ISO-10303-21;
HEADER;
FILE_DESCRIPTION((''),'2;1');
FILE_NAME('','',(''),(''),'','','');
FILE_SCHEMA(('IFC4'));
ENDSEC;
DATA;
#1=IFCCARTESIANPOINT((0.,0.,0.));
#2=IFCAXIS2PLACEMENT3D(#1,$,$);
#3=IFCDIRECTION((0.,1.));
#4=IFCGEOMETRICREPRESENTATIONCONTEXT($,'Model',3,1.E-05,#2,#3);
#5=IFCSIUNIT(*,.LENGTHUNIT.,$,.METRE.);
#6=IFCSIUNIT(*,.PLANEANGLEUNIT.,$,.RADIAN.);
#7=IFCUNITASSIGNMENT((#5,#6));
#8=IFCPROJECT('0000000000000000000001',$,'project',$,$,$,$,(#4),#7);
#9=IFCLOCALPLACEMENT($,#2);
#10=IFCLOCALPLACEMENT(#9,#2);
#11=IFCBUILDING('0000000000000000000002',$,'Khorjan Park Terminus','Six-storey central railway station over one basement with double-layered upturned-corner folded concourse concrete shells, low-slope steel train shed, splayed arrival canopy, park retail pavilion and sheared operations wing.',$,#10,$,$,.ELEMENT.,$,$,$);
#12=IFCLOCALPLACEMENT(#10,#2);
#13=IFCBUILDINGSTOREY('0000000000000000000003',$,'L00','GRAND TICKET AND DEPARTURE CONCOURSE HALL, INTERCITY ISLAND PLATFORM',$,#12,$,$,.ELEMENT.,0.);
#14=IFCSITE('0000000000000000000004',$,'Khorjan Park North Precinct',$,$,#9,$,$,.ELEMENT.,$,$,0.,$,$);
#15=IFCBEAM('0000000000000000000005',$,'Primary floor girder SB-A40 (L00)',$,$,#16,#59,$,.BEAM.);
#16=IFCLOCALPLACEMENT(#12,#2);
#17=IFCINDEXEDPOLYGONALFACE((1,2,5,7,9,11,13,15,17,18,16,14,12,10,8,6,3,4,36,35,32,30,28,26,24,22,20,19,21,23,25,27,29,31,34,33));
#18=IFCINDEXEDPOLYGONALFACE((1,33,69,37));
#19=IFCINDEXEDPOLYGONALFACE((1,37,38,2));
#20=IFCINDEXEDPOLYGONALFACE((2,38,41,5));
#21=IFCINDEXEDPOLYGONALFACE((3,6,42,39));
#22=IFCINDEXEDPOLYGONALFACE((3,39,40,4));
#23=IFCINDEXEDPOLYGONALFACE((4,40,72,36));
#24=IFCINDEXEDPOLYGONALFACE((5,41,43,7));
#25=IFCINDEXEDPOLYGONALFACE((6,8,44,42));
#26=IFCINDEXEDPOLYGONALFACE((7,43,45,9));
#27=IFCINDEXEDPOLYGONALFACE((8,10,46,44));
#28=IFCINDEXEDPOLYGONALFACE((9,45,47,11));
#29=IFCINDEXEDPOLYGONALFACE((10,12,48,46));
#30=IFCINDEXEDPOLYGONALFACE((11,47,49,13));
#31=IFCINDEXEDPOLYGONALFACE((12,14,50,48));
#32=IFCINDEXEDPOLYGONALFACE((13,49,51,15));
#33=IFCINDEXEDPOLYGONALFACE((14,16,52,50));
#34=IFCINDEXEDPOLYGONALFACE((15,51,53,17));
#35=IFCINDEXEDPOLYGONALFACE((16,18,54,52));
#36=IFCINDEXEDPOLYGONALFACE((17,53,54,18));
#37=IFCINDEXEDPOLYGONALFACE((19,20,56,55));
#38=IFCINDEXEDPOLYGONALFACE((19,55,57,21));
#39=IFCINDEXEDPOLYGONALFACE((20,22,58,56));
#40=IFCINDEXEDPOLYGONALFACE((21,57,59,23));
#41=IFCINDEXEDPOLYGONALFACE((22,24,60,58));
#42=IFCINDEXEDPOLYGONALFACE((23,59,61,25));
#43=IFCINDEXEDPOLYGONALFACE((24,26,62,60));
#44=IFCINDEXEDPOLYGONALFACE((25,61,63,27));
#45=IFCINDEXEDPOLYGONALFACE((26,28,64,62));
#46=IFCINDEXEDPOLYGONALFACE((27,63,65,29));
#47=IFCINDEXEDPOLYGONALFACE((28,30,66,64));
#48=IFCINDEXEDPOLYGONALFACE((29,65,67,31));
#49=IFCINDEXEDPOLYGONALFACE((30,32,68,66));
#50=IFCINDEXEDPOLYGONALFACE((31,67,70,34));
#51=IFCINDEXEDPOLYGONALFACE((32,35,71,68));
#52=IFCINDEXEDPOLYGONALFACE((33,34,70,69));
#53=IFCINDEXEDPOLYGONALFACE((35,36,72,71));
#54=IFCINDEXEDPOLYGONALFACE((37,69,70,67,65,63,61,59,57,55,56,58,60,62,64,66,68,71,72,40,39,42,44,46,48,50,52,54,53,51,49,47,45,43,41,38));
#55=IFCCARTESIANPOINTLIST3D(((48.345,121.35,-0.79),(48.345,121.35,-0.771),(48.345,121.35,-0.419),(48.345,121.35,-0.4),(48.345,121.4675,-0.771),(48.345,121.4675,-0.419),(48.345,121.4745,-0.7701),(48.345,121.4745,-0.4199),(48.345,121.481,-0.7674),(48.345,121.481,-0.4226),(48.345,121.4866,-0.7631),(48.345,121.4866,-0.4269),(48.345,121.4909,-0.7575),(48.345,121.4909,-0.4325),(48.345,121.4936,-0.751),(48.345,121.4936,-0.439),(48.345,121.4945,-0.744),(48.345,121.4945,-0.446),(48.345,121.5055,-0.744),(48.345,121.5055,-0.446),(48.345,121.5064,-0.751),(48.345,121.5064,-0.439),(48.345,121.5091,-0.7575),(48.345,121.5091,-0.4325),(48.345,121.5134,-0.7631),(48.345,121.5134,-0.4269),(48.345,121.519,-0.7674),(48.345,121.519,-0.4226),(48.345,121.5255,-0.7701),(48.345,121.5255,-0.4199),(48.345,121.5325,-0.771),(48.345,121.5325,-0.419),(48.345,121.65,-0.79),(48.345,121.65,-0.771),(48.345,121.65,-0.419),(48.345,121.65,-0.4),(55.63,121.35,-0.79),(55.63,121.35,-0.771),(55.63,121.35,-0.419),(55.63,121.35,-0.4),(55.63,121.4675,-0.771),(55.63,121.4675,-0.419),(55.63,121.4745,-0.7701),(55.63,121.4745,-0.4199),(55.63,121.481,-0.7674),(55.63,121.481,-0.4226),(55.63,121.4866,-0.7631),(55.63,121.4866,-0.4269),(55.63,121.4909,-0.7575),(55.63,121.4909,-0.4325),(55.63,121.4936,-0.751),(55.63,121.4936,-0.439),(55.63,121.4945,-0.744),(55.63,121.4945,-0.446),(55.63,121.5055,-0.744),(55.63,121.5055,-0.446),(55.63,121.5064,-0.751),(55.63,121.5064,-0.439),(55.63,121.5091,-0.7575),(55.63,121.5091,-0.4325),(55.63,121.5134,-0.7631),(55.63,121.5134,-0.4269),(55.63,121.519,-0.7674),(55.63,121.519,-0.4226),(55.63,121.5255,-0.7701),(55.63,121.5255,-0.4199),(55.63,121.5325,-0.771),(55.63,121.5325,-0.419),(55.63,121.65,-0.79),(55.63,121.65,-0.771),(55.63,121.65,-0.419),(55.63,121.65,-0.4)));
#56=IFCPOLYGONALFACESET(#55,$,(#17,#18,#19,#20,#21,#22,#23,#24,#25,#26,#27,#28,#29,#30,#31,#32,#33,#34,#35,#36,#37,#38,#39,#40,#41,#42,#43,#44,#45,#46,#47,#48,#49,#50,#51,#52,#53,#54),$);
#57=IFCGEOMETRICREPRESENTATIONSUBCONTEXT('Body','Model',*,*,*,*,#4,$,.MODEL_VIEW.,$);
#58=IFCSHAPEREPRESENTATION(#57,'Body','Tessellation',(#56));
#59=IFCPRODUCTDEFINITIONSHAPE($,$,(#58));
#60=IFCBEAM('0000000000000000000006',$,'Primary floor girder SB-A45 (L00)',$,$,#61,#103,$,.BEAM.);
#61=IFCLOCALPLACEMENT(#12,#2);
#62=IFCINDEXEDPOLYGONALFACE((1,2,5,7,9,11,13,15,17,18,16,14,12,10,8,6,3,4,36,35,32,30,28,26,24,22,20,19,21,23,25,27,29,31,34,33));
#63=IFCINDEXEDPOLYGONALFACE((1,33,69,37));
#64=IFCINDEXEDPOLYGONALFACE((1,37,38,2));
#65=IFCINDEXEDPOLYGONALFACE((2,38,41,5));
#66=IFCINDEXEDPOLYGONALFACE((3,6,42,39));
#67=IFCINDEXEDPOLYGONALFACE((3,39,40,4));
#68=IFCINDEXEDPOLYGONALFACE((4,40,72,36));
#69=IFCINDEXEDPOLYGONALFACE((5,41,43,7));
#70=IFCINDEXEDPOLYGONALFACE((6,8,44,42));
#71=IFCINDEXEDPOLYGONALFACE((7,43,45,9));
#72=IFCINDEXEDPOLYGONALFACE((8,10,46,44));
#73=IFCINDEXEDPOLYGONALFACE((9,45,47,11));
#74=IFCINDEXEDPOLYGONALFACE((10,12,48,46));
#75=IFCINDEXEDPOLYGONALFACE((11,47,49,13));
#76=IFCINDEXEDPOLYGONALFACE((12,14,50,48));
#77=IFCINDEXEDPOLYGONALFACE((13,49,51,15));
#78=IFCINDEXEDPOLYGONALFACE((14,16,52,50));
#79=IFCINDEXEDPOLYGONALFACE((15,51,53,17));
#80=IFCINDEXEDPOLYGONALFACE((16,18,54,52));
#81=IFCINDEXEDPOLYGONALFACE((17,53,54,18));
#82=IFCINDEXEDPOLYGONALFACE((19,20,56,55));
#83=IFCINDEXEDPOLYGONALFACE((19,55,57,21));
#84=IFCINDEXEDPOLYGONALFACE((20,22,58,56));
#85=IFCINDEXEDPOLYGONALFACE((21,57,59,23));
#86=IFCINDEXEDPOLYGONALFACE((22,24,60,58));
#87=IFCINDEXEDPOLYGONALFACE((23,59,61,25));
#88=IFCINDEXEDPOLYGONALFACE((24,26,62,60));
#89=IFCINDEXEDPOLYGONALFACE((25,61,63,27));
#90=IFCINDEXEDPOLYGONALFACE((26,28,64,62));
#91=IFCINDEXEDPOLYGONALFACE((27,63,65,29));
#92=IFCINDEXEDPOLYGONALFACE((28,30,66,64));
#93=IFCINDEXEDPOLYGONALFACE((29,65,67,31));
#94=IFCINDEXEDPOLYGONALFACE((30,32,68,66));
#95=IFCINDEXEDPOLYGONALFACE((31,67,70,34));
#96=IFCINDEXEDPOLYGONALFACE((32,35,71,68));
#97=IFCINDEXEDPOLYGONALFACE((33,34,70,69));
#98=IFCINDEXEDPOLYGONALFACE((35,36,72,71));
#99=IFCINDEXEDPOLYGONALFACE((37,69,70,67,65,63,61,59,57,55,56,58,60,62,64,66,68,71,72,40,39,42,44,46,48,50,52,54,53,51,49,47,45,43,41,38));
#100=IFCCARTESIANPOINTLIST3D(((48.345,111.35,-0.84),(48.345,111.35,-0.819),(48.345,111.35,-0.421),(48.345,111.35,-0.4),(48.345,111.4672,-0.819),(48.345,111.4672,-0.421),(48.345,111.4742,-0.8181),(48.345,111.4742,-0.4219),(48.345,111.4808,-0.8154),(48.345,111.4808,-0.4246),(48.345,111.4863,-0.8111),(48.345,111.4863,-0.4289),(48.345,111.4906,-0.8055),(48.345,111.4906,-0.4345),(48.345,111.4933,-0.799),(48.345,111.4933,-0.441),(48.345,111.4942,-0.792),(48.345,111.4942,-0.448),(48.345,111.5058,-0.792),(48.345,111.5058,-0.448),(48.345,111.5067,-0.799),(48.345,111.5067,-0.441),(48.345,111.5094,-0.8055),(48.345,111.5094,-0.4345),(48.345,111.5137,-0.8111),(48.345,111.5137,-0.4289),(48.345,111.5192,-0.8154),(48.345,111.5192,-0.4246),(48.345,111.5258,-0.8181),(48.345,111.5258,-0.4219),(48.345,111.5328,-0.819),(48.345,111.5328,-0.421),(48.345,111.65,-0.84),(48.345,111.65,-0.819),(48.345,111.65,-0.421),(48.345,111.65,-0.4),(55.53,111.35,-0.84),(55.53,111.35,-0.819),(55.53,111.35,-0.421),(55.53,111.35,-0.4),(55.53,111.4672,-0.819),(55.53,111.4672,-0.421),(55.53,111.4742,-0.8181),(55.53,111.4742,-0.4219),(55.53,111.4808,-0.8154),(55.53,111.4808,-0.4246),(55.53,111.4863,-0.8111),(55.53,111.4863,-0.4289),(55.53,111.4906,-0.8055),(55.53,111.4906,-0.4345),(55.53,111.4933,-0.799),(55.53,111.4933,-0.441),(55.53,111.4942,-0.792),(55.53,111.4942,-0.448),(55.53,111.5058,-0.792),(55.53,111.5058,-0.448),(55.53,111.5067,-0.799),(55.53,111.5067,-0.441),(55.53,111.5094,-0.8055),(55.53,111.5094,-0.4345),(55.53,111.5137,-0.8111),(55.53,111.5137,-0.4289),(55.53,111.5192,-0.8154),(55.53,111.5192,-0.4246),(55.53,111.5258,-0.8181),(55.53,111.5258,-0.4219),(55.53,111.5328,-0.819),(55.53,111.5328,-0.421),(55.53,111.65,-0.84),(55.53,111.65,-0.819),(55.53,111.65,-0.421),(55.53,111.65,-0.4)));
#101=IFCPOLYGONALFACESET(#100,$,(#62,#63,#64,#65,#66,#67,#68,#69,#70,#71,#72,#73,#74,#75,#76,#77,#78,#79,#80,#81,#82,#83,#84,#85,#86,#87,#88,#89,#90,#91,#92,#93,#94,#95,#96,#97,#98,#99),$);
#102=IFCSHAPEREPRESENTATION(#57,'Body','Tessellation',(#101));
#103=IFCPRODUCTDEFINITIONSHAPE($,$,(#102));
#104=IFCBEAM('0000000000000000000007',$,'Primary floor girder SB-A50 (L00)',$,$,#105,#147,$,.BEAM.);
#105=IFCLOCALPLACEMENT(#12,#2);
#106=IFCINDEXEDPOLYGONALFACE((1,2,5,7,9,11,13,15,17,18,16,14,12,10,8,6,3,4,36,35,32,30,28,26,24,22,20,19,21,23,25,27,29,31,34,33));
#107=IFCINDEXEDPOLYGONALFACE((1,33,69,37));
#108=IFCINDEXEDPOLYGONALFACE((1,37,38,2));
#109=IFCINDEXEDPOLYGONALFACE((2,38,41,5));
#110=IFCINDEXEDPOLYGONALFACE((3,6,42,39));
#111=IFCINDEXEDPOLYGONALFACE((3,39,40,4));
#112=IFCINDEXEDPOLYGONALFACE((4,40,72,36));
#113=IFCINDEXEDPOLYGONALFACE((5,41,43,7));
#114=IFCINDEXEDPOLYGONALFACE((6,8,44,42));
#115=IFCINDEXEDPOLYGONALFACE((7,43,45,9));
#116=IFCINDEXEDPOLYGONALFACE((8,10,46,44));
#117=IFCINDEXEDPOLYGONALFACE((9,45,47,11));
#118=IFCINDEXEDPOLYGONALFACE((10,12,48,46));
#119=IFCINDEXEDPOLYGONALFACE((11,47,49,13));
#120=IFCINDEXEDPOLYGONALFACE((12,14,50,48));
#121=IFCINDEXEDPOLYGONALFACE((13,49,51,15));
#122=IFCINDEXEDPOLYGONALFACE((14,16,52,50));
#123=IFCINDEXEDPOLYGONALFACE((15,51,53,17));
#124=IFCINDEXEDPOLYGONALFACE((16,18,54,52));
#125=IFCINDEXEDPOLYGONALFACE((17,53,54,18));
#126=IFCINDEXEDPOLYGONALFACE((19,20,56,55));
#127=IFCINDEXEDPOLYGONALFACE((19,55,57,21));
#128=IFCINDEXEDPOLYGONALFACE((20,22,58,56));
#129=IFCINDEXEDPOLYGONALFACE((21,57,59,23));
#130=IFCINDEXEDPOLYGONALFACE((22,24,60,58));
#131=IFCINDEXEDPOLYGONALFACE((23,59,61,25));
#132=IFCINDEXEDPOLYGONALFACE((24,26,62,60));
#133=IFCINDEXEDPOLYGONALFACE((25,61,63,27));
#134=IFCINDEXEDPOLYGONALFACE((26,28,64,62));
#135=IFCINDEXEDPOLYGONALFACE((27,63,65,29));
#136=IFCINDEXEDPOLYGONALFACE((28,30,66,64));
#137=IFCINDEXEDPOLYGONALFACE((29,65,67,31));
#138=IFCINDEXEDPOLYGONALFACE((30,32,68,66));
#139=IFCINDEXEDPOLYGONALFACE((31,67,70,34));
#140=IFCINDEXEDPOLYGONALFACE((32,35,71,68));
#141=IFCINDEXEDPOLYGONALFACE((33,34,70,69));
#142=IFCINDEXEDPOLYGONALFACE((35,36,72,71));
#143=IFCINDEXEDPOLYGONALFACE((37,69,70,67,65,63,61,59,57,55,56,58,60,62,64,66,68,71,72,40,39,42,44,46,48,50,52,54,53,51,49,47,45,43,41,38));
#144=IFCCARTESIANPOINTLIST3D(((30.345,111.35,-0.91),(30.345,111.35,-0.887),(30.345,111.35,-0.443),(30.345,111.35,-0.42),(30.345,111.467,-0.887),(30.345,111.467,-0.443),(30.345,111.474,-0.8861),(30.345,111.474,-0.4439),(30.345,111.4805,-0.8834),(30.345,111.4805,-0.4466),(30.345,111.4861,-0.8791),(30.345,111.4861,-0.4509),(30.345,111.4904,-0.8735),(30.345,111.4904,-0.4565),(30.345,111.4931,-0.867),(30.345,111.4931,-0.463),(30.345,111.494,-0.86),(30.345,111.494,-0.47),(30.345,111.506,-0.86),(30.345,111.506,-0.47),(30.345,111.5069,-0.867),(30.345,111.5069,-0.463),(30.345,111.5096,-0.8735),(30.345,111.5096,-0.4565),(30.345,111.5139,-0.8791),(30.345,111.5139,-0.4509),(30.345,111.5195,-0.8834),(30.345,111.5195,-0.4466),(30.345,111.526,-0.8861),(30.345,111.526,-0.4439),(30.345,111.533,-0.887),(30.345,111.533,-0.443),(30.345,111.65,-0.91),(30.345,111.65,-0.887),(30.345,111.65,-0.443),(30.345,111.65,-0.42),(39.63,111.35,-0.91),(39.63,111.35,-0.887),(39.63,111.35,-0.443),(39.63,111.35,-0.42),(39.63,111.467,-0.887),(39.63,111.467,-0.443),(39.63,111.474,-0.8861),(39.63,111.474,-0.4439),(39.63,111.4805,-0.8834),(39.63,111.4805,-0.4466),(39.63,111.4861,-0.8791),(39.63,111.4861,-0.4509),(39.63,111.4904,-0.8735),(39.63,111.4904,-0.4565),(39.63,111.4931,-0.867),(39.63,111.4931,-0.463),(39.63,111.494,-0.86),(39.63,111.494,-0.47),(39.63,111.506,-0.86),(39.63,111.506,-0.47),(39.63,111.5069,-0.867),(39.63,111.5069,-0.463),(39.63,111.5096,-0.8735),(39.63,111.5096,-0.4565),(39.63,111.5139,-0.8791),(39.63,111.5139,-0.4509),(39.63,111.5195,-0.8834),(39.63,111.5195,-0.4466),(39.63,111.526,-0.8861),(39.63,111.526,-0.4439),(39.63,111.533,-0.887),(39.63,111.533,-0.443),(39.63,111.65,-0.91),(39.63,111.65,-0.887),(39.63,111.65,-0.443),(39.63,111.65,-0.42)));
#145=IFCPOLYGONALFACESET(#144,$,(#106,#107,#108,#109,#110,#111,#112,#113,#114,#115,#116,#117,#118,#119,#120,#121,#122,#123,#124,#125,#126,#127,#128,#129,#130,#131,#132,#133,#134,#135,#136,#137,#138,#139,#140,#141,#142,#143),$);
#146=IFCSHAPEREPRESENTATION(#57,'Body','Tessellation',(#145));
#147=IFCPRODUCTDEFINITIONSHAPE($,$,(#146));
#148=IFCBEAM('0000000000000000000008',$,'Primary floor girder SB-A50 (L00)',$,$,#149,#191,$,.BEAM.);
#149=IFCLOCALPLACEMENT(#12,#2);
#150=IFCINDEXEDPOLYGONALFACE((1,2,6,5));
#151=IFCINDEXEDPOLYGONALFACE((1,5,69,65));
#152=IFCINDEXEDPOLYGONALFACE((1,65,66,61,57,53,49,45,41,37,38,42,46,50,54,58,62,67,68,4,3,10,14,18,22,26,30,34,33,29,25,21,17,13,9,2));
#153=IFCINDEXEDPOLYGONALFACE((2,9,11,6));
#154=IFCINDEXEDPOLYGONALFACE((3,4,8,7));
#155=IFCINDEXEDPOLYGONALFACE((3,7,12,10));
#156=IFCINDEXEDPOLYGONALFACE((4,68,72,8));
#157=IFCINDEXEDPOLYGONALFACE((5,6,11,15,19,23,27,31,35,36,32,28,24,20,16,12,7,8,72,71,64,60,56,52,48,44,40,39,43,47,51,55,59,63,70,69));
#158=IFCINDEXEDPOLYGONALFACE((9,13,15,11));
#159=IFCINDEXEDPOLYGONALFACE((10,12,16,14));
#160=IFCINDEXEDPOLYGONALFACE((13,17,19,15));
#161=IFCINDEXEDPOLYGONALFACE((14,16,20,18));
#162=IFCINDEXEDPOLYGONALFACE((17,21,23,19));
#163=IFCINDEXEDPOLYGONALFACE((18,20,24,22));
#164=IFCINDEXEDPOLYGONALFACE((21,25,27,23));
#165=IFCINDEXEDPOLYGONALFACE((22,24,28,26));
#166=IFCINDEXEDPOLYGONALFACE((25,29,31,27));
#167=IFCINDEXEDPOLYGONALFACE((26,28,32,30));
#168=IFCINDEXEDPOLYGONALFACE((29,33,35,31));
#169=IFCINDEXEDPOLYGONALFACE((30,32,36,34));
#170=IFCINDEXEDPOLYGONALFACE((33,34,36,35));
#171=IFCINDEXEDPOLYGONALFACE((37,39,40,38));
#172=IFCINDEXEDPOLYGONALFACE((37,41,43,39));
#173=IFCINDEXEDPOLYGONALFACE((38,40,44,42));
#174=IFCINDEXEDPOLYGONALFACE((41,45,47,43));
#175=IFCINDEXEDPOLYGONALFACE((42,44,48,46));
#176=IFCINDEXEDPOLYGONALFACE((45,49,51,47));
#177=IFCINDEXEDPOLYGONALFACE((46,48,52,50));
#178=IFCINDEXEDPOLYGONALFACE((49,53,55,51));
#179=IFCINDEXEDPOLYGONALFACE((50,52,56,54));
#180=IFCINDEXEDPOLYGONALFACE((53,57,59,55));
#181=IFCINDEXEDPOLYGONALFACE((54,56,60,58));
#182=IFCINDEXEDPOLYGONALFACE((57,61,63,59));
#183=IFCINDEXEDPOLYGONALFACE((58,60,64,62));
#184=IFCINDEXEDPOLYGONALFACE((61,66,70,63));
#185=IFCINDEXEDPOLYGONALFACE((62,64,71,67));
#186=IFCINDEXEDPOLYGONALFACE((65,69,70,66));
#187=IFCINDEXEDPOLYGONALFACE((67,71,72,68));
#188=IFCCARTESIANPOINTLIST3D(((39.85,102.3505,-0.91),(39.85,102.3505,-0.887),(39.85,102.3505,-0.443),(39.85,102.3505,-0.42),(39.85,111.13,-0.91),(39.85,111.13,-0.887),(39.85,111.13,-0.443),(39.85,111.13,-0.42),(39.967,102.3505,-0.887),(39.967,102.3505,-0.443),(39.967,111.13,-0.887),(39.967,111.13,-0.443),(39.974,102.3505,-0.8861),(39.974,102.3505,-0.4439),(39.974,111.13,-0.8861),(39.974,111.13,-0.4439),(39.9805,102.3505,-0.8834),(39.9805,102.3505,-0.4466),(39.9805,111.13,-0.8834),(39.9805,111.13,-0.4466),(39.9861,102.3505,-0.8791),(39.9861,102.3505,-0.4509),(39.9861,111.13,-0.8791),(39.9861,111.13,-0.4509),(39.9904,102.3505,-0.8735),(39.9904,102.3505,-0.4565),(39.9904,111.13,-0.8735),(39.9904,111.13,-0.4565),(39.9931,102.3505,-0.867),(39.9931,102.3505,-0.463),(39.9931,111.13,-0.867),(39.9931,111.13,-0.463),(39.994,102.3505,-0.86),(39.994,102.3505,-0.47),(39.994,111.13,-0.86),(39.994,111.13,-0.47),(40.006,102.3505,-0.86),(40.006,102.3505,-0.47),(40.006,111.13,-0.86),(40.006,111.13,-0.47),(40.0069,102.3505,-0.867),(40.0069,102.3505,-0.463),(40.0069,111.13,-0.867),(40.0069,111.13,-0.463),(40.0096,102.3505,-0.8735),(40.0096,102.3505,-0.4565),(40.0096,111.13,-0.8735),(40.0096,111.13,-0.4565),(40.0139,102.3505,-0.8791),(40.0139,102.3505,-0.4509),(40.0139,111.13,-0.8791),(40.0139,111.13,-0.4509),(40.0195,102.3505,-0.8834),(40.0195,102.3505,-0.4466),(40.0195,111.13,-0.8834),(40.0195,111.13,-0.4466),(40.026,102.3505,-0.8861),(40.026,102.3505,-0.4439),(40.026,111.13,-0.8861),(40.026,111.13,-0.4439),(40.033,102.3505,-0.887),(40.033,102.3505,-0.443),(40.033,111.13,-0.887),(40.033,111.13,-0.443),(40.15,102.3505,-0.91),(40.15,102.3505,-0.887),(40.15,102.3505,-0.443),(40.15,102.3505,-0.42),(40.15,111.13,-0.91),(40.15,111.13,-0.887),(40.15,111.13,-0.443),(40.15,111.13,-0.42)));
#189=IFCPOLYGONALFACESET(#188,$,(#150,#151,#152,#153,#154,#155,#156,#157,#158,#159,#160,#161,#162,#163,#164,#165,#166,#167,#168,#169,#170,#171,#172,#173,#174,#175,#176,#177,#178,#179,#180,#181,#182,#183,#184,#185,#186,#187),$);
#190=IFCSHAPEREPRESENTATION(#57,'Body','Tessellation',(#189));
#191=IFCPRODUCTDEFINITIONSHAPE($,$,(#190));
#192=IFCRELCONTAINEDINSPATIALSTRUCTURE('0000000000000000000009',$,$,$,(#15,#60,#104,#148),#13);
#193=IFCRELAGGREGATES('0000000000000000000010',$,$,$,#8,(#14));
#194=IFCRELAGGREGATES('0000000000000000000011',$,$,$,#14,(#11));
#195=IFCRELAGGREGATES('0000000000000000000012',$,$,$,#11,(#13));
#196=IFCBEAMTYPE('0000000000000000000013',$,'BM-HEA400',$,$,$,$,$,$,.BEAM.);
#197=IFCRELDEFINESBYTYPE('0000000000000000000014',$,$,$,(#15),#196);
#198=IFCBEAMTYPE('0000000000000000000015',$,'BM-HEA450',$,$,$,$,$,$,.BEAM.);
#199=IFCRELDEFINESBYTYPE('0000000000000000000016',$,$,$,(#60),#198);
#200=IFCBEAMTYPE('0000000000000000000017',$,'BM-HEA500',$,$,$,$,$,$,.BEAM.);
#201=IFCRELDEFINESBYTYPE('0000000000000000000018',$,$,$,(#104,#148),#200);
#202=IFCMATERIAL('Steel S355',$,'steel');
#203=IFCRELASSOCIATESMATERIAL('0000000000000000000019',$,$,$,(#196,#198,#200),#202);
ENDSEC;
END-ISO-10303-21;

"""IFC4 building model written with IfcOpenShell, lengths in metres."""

from ifc_helpers import new_model, si_unit, direction, frame, origin, origin_2d, place, context, subcontext, project, spatial, i_section, extrude, material, material_profile, profile_set, type_object, element, save


model = new_model("IFC4")

# Units and contexts
model_context = context("Model", 3, precision=1e-05, world=origin(), true_north=direction((0.0, 1.0)))
body_context = subcontext(model_context, "Body", "Model", "MODEL_VIEW")
ifc_project = project(units=[si_unit("LENGTHUNIT", "METRE"), si_unit("PLANEANGLEUNIT", "RADIAN")], contexts=[model_context])

# Site, building, storey
site_placement = place(None, origin())
site = spatial("IfcSite", under=ifc_project, at=site_placement, Name="Khorjan Park North Precinct", CompositionType="ELEMENT", RefElevation=0.0)
building_placement = place(site_placement, origin())
building = spatial("IfcBuilding", under=site, at=building_placement, Name="Khorjan Park Terminus", Description="Six-storey central railway station over one basement with double-layered upturned-corner folded concourse concrete shells, low-slope steel train shed, splayed arrival canopy, park retail pavilion and sheared operations wing.", CompositionType="ELEMENT")
storey_placement = place(building_placement, origin())
storey = spatial("IfcBuildingStorey", under=building, at=storey_placement, Name="L00", Description="GRAND TICKET AND DEPARTURE CONCOURSE HALL, INTERCITY ISLAND PLATFORM", CompositionType="ELEMENT", Elevation=0.0)

# Shared definitions
ifc_material = material(Name="Steel S355", Category="steel")

# Beams
ifc_material_profile_1 = material_profile(ifc_material, i_section(OverallWidth=0.3, OverallDepth=0.39, WebThickness=0.011, FlangeThickness=0.019, FilletRadius=0.027, at=origin_2d()), Name="HEA 400")
ifc_profile_set_1 = profile_set([ifc_material_profile_1], Name="Steel S355")
beam_type_1 = type_object("IfcBeamType", Name="BM-HEA400", PredefinedType="BEAM", material=ifc_profile_set_1)
beam_1_placement = place(storey_placement, frame((48.345, 121.5, -0.595), z_axis=(1.0, 0.0, 0.0), x_axis=(0.0, 1.0, 0.0)))
element("IfcBeam", 1, at=beam_1_placement, inside=storey, type_object=beam_type_1, Name="Primary floor girder SB-A40 (L00)", PredefinedType="BEAM", context=body_context, shape_type="SweptSolid", body=[
    extrude(i_section(OverallWidth=0.3, OverallDepth=0.39, WebThickness=0.011, FlangeThickness=0.019, FilletRadius=0.027, at=origin_2d()), origin(), (0.0, 0.0, 1.0), 7.285),
])
ifc_material_profile_2 = material_profile(ifc_material, i_section(OverallWidth=0.3, OverallDepth=0.44, WebThickness=0.0115, FlangeThickness=0.021, FilletRadius=0.027, at=origin_2d()), Name="HEA 450")
ifc_profile_set_2 = profile_set([ifc_material_profile_2], Name="Steel S355")
beam_type_2 = type_object("IfcBeamType", Name="BM-HEA450", PredefinedType="BEAM", material=ifc_profile_set_2)
beam_2_placement = place(storey_placement, frame((48.345, 111.5, -0.62), z_axis=(1.0, 0.0, 0.0), x_axis=(0.0, 1.0, 0.0)))
element("IfcBeam", 2, at=beam_2_placement, inside=storey, type_object=beam_type_2, Name="Primary floor girder SB-A45 (L00)", PredefinedType="BEAM", context=body_context, shape_type="SweptSolid", body=[
    extrude(i_section(OverallWidth=0.3, OverallDepth=0.44, WebThickness=0.0115, FlangeThickness=0.021, FilletRadius=0.027, at=origin_2d()), origin(), (0.0, 0.0, 1.0), 7.185),
])
ifc_material_profile_3 = material_profile(ifc_material, i_section(OverallWidth=0.3, OverallDepth=0.49, WebThickness=0.012, FlangeThickness=0.023, FilletRadius=0.027, at=origin_2d()), Name="HEA 500")
ifc_profile_set_3 = profile_set([ifc_material_profile_3], Name="Steel S355")
beam_type_3 = type_object("IfcBeamType", Name="BM-HEA500", PredefinedType="BEAM", material=ifc_profile_set_3)
beam_3_placement = place(storey_placement, frame((30.345, 111.5, -0.665), z_axis=(1.0, 0.0, 0.0), x_axis=(0.0, 1.0, 0.0)))
element("IfcBeam", 3, at=beam_3_placement, inside=storey, type_object=beam_type_3, Name="Primary floor girder SB-A50 (L00)", PredefinedType="BEAM", context=body_context, shape_type="SweptSolid", body=[
    extrude(i_section(OverallWidth=0.3, OverallDepth=0.49, WebThickness=0.012, FlangeThickness=0.023, FilletRadius=0.027, at=origin_2d()), origin(), (0.0, 0.0, 1.0), 9.285),
])
beam_4_placement = place(storey_placement, frame((40.0, 102.3505, -0.665), z_axis=(0.0, 1.0, 0.0), x_axis=(-1.0, 0.0, 0.0)))
element("IfcBeam", 4, at=beam_4_placement, inside=storey, type_object=beam_type_3, Name="Primary floor girder SB-A50 (L00)", PredefinedType="BEAM", context=body_context, shape_type="SweptSolid", body=[
    extrude(i_section(OverallWidth=0.3, OverallDepth=0.49, WebThickness=0.012, FlangeThickness=0.023, FilletRadius=0.027, at=origin_2d()), origin(), (0.0, 0.0, 1.0), 8.7795),
])

save(model, "model.ifc")
